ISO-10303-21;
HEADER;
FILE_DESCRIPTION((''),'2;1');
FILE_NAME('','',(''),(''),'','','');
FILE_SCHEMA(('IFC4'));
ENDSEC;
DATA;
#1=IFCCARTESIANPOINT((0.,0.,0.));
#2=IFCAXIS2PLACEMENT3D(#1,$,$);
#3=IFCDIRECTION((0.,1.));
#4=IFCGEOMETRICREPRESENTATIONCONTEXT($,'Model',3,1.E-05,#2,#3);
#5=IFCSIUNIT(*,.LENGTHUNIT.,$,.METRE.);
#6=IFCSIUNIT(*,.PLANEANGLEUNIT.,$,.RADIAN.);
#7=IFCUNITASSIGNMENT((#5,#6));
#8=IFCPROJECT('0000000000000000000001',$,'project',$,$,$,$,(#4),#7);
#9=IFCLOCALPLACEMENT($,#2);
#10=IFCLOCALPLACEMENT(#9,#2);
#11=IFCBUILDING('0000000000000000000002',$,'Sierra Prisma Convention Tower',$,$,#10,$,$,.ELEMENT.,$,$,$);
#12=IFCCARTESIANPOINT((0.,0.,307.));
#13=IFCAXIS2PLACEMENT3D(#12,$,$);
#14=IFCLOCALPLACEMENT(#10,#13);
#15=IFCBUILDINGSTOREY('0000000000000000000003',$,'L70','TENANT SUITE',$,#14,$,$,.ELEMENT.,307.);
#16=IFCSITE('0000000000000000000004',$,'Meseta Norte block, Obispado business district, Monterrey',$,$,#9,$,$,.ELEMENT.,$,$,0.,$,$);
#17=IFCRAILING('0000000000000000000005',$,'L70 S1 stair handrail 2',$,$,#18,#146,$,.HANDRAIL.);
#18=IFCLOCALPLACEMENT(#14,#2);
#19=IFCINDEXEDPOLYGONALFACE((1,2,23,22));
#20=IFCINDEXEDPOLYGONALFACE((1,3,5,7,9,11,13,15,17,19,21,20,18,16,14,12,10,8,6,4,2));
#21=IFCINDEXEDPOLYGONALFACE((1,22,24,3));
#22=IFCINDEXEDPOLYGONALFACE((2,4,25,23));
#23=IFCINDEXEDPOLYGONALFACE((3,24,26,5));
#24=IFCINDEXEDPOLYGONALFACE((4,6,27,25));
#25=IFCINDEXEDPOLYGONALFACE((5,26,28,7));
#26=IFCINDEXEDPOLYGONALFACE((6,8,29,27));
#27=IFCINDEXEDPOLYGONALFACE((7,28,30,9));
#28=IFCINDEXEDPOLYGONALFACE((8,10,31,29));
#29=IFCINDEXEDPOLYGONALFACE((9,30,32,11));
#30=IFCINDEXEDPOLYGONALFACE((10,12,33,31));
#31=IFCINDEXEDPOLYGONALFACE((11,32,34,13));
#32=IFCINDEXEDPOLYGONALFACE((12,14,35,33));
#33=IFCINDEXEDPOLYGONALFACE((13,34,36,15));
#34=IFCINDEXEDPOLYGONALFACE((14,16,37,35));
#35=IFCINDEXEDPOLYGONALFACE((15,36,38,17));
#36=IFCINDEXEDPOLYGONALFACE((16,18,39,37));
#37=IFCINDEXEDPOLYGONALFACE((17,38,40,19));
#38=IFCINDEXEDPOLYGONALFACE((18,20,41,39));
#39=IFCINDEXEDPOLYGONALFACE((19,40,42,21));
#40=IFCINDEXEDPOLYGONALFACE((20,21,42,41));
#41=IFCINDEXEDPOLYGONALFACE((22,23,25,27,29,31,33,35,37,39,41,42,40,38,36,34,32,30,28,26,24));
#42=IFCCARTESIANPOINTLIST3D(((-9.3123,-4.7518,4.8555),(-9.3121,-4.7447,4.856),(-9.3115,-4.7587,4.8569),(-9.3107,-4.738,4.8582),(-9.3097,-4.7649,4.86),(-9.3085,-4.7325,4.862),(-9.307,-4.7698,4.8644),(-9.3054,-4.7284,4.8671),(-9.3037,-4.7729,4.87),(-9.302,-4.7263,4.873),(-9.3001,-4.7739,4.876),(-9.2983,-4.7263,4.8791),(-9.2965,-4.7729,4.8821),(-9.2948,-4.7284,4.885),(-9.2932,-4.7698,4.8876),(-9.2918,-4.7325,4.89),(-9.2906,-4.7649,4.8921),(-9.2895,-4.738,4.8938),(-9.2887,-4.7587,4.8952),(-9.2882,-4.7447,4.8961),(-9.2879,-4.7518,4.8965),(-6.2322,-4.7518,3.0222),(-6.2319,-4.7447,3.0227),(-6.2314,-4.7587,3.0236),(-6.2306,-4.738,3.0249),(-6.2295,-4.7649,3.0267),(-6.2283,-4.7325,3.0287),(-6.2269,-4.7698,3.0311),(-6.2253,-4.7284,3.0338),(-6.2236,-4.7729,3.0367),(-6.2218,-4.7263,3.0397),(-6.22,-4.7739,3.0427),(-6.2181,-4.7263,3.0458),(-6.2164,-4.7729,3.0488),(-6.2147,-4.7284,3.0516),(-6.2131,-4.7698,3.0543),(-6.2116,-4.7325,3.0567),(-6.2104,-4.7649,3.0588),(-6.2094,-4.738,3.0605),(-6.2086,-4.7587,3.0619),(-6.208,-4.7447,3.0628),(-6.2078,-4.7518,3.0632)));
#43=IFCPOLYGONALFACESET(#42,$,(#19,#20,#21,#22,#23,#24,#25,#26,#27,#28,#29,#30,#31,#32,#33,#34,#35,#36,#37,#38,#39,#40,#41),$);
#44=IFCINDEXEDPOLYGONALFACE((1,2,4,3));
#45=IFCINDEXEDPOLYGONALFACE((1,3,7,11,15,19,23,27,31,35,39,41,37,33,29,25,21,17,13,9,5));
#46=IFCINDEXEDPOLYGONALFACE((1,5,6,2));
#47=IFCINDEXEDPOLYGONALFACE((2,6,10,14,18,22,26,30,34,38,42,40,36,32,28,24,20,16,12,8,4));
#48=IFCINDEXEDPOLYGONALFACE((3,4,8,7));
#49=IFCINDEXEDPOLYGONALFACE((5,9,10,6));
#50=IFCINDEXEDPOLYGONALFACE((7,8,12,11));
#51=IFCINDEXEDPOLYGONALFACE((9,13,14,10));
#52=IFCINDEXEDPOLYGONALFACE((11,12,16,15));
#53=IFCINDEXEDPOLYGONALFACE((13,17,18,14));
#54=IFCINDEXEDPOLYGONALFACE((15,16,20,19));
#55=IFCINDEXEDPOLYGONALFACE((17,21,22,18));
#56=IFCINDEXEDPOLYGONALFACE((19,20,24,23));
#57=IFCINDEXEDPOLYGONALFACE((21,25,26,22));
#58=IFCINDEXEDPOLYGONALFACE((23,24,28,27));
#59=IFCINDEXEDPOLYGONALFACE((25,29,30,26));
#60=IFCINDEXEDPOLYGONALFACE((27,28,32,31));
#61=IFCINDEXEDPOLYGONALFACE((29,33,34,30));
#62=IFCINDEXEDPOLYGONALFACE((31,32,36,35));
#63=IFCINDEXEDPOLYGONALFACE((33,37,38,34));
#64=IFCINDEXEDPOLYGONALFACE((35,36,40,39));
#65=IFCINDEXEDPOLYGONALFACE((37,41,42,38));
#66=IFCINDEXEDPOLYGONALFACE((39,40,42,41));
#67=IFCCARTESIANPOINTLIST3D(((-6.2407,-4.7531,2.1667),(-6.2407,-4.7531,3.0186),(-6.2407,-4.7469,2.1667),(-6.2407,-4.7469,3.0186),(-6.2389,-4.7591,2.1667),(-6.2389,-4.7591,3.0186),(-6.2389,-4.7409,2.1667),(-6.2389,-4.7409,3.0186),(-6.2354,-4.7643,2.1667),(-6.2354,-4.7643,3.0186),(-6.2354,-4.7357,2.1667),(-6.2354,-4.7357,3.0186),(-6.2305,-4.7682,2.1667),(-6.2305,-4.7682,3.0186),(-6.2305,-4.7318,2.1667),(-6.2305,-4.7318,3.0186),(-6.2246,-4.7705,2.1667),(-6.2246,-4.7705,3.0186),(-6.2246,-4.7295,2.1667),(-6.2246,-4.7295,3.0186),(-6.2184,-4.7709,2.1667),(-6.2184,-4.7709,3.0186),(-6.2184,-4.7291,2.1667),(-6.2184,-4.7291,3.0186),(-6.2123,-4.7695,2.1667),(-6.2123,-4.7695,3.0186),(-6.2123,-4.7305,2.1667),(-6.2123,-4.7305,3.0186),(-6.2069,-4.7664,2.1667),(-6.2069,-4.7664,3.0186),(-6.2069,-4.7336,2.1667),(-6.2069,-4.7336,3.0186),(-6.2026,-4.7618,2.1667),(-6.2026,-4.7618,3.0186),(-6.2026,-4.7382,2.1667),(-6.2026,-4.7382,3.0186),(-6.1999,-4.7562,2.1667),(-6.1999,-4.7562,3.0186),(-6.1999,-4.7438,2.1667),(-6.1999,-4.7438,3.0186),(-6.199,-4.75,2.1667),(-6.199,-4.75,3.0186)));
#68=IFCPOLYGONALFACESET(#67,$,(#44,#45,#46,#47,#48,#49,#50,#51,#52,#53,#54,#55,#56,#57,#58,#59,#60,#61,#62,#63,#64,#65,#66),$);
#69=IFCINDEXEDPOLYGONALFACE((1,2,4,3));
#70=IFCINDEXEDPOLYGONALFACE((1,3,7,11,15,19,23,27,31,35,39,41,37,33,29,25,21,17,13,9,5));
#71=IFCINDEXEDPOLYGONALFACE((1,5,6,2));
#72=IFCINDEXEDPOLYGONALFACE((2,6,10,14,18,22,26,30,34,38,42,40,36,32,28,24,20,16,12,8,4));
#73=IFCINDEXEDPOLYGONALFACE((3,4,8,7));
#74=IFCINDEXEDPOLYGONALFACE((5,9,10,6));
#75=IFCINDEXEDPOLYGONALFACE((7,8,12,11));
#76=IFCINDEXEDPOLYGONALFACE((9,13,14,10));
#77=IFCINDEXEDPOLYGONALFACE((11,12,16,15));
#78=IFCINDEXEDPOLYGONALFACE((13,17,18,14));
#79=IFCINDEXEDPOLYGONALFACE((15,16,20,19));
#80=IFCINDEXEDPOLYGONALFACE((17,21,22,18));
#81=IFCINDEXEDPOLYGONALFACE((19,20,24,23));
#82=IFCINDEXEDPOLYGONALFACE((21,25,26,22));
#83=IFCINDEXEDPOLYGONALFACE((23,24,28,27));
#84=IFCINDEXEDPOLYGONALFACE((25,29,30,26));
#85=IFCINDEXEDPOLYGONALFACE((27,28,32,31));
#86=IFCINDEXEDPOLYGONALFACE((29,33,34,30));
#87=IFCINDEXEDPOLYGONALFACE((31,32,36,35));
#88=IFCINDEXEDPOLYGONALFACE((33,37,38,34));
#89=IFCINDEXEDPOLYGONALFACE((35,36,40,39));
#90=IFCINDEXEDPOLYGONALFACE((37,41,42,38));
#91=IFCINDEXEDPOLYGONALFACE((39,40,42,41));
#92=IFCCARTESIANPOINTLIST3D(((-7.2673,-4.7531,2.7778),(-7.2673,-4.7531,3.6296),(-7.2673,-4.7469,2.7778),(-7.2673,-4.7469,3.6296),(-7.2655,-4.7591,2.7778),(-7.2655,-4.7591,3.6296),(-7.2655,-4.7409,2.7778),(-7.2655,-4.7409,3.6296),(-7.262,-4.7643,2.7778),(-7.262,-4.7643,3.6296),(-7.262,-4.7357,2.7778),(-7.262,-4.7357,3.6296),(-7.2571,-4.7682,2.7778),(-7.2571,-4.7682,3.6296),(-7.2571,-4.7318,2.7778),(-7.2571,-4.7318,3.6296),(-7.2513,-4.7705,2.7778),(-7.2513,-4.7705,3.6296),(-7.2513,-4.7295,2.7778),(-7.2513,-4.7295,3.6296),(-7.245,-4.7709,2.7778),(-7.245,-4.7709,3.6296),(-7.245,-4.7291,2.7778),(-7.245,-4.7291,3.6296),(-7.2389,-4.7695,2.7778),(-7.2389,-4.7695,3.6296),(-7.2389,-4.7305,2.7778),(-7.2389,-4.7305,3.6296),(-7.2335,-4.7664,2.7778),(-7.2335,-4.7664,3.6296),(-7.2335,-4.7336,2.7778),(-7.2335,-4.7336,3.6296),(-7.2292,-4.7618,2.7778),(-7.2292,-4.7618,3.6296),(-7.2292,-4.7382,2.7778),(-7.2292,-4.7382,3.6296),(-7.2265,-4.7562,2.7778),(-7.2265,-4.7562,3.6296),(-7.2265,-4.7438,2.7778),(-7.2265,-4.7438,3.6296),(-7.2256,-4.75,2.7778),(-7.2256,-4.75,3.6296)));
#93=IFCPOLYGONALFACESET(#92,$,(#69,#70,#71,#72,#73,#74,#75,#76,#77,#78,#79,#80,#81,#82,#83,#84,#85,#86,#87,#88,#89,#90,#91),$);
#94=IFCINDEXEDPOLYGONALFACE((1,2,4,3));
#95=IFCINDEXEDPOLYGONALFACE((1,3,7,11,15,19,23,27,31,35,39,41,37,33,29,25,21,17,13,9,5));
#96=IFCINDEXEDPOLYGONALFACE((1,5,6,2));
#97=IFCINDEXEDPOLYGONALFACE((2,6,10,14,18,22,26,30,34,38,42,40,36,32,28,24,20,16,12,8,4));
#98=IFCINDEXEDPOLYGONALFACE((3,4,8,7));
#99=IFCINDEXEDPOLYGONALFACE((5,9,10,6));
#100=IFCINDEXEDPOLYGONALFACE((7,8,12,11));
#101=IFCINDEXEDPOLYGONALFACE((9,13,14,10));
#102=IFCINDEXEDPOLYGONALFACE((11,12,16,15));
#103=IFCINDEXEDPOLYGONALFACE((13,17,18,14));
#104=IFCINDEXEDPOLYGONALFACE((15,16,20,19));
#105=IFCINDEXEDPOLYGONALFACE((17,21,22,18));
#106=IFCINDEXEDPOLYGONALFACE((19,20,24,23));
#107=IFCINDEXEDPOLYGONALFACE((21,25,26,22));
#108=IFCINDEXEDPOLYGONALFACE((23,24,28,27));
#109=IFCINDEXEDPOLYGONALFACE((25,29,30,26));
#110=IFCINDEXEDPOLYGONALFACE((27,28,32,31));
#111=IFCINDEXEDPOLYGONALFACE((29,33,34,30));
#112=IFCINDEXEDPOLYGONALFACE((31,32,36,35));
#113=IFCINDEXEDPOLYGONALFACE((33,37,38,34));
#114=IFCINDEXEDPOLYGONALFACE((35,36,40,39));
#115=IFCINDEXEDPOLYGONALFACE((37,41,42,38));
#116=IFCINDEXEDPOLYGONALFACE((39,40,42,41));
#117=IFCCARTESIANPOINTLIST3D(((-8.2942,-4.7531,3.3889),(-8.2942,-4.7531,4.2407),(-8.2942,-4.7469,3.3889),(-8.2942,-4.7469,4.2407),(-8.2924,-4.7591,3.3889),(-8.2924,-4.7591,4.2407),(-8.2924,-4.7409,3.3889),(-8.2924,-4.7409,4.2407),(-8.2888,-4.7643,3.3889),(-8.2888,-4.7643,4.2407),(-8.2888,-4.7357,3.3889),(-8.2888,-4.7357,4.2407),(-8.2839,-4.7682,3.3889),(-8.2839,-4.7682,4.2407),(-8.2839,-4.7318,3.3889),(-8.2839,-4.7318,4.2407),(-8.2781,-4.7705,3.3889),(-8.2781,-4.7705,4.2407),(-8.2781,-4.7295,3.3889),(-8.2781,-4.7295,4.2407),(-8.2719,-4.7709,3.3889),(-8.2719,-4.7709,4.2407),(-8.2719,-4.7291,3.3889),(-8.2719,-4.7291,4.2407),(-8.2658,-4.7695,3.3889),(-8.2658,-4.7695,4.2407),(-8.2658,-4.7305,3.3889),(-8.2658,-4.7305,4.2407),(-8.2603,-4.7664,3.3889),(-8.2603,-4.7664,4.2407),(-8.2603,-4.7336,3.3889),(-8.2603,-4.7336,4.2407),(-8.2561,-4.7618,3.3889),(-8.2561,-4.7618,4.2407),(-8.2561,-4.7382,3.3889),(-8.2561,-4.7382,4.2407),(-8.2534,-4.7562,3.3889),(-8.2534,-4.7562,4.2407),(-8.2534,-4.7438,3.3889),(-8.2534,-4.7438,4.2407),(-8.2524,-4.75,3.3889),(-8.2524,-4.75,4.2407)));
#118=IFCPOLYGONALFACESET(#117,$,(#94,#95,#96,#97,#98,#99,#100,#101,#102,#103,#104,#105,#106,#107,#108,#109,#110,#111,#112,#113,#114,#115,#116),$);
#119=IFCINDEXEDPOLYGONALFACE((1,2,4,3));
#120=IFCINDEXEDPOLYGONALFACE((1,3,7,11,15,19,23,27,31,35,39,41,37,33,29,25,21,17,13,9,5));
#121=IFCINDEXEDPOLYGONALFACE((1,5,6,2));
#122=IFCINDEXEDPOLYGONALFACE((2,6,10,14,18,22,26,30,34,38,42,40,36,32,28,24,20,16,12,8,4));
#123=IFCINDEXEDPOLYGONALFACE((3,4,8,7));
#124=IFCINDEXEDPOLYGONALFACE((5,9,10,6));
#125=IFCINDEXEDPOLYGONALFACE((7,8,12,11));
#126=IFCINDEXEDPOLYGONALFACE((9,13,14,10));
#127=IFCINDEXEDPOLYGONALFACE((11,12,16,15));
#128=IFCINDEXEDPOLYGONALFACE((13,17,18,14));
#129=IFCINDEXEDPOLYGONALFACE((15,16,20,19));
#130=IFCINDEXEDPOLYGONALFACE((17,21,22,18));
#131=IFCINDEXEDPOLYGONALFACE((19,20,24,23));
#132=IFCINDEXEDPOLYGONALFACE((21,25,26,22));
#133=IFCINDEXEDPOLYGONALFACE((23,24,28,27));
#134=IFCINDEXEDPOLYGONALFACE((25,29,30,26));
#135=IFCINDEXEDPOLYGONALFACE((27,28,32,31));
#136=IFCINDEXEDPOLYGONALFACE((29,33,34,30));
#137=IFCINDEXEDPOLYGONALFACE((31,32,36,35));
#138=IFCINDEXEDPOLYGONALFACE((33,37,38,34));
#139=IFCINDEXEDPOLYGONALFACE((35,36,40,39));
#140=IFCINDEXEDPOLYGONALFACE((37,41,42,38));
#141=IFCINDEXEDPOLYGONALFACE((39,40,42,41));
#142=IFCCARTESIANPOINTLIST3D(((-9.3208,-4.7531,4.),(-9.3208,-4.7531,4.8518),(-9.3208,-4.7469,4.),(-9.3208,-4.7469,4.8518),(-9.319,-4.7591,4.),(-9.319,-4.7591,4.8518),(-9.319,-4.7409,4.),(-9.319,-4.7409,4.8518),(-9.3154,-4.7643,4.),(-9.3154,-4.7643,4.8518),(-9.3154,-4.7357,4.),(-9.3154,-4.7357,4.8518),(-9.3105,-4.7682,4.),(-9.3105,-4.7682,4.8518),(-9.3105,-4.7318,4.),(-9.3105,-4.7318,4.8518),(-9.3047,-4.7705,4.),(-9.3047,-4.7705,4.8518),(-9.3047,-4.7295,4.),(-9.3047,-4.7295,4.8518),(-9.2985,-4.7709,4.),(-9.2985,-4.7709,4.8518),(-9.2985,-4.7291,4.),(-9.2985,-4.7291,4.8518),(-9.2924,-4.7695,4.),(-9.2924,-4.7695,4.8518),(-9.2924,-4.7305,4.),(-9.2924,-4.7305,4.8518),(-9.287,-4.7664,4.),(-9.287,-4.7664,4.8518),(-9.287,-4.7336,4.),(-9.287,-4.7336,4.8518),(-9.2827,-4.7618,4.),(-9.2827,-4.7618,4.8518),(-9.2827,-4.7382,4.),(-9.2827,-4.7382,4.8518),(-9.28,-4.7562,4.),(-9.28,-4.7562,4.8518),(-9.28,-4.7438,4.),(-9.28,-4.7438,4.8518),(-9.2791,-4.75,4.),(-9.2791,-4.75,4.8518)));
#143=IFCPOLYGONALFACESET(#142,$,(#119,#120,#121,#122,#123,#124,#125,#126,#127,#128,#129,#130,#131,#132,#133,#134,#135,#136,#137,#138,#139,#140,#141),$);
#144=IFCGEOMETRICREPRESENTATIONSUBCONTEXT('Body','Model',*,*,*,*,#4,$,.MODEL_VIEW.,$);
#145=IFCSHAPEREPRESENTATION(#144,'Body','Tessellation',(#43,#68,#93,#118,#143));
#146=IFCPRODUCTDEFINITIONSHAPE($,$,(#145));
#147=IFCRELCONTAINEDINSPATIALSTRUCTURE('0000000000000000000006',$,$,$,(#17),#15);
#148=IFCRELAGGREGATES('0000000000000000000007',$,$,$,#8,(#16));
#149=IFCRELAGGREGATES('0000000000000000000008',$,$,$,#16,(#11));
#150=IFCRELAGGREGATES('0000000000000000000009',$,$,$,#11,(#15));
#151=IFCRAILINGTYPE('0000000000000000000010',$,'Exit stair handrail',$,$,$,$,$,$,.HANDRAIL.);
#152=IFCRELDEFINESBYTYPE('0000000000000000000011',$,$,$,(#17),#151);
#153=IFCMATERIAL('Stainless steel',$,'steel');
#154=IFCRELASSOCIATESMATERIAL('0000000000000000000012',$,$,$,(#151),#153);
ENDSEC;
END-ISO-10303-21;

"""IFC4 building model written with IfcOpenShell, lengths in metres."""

from ifc_helpers import new_model, si_unit, direction, frame, origin, origin_2d, place, context, subcontext, project, spatial, circle, extrude, material, type_object, element, save


model = new_model("IFC4")

# Units and contexts
model_context = context("Model", 3, precision=1e-05, world=origin(), true_north=direction((0.0, 1.0)))
body_context = subcontext(model_context, "Body", "Model", "MODEL_VIEW")
ifc_project = project(units=[si_unit("LENGTHUNIT", "METRE"), si_unit("PLANEANGLEUNIT", "RADIAN")], contexts=[model_context])

# Site, building, storey
site_placement = place(None, origin())
site = spatial("IfcSite", under=ifc_project, at=site_placement, Name="Meseta Norte block, Obispado business district, Monterrey", CompositionType="ELEMENT", RefElevation=0.0)
building_placement = place(site_placement, origin())
building = spatial("IfcBuilding", under=site, at=building_placement, Name="Sierra Prisma Convention Tower", CompositionType="ELEMENT")
storey_placement = place(building_placement, frame((0.0, 0.0, 307.0)))
storey = spatial("IfcBuildingStorey", under=building, at=storey_placement, Name="L70", Description="TENANT SUITE", CompositionType="ELEMENT", Elevation=307.0)

# Railing
ifc_material_1 = material(Name="Stainless steel", Category="steel")
railing_type_1 = type_object("IfcRailingType", Name="Exit stair handrail", PredefinedType="HANDRAIL", material=ifc_material_1)
railing_1_placement = place(storey_placement, frame((-6.22, -4.75, 2.1667)))
element("IfcRailing", 1, at=railing_1_placement, inside=storey, type_object=railing_type_1, Name="L70 S1 stair handrail 2", PredefinedType="HANDRAIL", context=body_context, shape_type="SweptSolid", body=[
    extrude(circle(Radius=0.0239, at=origin_2d()), frame((0.0, 0.0, 0.876), z_axis=(-0.859309, 0.0, 0.511458), x_axis=(0.0, -1.0, 0.0)), (0.0, 0.0, 1.0), 3.5845),
    extrude(circle(Radius=0.021, at=origin_2d()), origin(), (0.0, 0.0, 1.0), 0.8518),
    extrude(circle(Radius=0.021, at=origin_2d()), frame((-1.0266, 0.0, 0.6111)), (0.0, 0.0, 1.0), 0.8518),
    extrude(circle(Radius=0.021, at=origin_2d()), frame((-2.0535, 0.0, 1.2222)), (0.0, 0.0, 1.0), 0.8518),
    extrude(circle(Radius=0.021, at=origin_2d()), frame((-3.0801, 0.0, 1.8333)), (0.0, 0.0, 1.0), 0.8518),
])

save(model, "model.ifc")
